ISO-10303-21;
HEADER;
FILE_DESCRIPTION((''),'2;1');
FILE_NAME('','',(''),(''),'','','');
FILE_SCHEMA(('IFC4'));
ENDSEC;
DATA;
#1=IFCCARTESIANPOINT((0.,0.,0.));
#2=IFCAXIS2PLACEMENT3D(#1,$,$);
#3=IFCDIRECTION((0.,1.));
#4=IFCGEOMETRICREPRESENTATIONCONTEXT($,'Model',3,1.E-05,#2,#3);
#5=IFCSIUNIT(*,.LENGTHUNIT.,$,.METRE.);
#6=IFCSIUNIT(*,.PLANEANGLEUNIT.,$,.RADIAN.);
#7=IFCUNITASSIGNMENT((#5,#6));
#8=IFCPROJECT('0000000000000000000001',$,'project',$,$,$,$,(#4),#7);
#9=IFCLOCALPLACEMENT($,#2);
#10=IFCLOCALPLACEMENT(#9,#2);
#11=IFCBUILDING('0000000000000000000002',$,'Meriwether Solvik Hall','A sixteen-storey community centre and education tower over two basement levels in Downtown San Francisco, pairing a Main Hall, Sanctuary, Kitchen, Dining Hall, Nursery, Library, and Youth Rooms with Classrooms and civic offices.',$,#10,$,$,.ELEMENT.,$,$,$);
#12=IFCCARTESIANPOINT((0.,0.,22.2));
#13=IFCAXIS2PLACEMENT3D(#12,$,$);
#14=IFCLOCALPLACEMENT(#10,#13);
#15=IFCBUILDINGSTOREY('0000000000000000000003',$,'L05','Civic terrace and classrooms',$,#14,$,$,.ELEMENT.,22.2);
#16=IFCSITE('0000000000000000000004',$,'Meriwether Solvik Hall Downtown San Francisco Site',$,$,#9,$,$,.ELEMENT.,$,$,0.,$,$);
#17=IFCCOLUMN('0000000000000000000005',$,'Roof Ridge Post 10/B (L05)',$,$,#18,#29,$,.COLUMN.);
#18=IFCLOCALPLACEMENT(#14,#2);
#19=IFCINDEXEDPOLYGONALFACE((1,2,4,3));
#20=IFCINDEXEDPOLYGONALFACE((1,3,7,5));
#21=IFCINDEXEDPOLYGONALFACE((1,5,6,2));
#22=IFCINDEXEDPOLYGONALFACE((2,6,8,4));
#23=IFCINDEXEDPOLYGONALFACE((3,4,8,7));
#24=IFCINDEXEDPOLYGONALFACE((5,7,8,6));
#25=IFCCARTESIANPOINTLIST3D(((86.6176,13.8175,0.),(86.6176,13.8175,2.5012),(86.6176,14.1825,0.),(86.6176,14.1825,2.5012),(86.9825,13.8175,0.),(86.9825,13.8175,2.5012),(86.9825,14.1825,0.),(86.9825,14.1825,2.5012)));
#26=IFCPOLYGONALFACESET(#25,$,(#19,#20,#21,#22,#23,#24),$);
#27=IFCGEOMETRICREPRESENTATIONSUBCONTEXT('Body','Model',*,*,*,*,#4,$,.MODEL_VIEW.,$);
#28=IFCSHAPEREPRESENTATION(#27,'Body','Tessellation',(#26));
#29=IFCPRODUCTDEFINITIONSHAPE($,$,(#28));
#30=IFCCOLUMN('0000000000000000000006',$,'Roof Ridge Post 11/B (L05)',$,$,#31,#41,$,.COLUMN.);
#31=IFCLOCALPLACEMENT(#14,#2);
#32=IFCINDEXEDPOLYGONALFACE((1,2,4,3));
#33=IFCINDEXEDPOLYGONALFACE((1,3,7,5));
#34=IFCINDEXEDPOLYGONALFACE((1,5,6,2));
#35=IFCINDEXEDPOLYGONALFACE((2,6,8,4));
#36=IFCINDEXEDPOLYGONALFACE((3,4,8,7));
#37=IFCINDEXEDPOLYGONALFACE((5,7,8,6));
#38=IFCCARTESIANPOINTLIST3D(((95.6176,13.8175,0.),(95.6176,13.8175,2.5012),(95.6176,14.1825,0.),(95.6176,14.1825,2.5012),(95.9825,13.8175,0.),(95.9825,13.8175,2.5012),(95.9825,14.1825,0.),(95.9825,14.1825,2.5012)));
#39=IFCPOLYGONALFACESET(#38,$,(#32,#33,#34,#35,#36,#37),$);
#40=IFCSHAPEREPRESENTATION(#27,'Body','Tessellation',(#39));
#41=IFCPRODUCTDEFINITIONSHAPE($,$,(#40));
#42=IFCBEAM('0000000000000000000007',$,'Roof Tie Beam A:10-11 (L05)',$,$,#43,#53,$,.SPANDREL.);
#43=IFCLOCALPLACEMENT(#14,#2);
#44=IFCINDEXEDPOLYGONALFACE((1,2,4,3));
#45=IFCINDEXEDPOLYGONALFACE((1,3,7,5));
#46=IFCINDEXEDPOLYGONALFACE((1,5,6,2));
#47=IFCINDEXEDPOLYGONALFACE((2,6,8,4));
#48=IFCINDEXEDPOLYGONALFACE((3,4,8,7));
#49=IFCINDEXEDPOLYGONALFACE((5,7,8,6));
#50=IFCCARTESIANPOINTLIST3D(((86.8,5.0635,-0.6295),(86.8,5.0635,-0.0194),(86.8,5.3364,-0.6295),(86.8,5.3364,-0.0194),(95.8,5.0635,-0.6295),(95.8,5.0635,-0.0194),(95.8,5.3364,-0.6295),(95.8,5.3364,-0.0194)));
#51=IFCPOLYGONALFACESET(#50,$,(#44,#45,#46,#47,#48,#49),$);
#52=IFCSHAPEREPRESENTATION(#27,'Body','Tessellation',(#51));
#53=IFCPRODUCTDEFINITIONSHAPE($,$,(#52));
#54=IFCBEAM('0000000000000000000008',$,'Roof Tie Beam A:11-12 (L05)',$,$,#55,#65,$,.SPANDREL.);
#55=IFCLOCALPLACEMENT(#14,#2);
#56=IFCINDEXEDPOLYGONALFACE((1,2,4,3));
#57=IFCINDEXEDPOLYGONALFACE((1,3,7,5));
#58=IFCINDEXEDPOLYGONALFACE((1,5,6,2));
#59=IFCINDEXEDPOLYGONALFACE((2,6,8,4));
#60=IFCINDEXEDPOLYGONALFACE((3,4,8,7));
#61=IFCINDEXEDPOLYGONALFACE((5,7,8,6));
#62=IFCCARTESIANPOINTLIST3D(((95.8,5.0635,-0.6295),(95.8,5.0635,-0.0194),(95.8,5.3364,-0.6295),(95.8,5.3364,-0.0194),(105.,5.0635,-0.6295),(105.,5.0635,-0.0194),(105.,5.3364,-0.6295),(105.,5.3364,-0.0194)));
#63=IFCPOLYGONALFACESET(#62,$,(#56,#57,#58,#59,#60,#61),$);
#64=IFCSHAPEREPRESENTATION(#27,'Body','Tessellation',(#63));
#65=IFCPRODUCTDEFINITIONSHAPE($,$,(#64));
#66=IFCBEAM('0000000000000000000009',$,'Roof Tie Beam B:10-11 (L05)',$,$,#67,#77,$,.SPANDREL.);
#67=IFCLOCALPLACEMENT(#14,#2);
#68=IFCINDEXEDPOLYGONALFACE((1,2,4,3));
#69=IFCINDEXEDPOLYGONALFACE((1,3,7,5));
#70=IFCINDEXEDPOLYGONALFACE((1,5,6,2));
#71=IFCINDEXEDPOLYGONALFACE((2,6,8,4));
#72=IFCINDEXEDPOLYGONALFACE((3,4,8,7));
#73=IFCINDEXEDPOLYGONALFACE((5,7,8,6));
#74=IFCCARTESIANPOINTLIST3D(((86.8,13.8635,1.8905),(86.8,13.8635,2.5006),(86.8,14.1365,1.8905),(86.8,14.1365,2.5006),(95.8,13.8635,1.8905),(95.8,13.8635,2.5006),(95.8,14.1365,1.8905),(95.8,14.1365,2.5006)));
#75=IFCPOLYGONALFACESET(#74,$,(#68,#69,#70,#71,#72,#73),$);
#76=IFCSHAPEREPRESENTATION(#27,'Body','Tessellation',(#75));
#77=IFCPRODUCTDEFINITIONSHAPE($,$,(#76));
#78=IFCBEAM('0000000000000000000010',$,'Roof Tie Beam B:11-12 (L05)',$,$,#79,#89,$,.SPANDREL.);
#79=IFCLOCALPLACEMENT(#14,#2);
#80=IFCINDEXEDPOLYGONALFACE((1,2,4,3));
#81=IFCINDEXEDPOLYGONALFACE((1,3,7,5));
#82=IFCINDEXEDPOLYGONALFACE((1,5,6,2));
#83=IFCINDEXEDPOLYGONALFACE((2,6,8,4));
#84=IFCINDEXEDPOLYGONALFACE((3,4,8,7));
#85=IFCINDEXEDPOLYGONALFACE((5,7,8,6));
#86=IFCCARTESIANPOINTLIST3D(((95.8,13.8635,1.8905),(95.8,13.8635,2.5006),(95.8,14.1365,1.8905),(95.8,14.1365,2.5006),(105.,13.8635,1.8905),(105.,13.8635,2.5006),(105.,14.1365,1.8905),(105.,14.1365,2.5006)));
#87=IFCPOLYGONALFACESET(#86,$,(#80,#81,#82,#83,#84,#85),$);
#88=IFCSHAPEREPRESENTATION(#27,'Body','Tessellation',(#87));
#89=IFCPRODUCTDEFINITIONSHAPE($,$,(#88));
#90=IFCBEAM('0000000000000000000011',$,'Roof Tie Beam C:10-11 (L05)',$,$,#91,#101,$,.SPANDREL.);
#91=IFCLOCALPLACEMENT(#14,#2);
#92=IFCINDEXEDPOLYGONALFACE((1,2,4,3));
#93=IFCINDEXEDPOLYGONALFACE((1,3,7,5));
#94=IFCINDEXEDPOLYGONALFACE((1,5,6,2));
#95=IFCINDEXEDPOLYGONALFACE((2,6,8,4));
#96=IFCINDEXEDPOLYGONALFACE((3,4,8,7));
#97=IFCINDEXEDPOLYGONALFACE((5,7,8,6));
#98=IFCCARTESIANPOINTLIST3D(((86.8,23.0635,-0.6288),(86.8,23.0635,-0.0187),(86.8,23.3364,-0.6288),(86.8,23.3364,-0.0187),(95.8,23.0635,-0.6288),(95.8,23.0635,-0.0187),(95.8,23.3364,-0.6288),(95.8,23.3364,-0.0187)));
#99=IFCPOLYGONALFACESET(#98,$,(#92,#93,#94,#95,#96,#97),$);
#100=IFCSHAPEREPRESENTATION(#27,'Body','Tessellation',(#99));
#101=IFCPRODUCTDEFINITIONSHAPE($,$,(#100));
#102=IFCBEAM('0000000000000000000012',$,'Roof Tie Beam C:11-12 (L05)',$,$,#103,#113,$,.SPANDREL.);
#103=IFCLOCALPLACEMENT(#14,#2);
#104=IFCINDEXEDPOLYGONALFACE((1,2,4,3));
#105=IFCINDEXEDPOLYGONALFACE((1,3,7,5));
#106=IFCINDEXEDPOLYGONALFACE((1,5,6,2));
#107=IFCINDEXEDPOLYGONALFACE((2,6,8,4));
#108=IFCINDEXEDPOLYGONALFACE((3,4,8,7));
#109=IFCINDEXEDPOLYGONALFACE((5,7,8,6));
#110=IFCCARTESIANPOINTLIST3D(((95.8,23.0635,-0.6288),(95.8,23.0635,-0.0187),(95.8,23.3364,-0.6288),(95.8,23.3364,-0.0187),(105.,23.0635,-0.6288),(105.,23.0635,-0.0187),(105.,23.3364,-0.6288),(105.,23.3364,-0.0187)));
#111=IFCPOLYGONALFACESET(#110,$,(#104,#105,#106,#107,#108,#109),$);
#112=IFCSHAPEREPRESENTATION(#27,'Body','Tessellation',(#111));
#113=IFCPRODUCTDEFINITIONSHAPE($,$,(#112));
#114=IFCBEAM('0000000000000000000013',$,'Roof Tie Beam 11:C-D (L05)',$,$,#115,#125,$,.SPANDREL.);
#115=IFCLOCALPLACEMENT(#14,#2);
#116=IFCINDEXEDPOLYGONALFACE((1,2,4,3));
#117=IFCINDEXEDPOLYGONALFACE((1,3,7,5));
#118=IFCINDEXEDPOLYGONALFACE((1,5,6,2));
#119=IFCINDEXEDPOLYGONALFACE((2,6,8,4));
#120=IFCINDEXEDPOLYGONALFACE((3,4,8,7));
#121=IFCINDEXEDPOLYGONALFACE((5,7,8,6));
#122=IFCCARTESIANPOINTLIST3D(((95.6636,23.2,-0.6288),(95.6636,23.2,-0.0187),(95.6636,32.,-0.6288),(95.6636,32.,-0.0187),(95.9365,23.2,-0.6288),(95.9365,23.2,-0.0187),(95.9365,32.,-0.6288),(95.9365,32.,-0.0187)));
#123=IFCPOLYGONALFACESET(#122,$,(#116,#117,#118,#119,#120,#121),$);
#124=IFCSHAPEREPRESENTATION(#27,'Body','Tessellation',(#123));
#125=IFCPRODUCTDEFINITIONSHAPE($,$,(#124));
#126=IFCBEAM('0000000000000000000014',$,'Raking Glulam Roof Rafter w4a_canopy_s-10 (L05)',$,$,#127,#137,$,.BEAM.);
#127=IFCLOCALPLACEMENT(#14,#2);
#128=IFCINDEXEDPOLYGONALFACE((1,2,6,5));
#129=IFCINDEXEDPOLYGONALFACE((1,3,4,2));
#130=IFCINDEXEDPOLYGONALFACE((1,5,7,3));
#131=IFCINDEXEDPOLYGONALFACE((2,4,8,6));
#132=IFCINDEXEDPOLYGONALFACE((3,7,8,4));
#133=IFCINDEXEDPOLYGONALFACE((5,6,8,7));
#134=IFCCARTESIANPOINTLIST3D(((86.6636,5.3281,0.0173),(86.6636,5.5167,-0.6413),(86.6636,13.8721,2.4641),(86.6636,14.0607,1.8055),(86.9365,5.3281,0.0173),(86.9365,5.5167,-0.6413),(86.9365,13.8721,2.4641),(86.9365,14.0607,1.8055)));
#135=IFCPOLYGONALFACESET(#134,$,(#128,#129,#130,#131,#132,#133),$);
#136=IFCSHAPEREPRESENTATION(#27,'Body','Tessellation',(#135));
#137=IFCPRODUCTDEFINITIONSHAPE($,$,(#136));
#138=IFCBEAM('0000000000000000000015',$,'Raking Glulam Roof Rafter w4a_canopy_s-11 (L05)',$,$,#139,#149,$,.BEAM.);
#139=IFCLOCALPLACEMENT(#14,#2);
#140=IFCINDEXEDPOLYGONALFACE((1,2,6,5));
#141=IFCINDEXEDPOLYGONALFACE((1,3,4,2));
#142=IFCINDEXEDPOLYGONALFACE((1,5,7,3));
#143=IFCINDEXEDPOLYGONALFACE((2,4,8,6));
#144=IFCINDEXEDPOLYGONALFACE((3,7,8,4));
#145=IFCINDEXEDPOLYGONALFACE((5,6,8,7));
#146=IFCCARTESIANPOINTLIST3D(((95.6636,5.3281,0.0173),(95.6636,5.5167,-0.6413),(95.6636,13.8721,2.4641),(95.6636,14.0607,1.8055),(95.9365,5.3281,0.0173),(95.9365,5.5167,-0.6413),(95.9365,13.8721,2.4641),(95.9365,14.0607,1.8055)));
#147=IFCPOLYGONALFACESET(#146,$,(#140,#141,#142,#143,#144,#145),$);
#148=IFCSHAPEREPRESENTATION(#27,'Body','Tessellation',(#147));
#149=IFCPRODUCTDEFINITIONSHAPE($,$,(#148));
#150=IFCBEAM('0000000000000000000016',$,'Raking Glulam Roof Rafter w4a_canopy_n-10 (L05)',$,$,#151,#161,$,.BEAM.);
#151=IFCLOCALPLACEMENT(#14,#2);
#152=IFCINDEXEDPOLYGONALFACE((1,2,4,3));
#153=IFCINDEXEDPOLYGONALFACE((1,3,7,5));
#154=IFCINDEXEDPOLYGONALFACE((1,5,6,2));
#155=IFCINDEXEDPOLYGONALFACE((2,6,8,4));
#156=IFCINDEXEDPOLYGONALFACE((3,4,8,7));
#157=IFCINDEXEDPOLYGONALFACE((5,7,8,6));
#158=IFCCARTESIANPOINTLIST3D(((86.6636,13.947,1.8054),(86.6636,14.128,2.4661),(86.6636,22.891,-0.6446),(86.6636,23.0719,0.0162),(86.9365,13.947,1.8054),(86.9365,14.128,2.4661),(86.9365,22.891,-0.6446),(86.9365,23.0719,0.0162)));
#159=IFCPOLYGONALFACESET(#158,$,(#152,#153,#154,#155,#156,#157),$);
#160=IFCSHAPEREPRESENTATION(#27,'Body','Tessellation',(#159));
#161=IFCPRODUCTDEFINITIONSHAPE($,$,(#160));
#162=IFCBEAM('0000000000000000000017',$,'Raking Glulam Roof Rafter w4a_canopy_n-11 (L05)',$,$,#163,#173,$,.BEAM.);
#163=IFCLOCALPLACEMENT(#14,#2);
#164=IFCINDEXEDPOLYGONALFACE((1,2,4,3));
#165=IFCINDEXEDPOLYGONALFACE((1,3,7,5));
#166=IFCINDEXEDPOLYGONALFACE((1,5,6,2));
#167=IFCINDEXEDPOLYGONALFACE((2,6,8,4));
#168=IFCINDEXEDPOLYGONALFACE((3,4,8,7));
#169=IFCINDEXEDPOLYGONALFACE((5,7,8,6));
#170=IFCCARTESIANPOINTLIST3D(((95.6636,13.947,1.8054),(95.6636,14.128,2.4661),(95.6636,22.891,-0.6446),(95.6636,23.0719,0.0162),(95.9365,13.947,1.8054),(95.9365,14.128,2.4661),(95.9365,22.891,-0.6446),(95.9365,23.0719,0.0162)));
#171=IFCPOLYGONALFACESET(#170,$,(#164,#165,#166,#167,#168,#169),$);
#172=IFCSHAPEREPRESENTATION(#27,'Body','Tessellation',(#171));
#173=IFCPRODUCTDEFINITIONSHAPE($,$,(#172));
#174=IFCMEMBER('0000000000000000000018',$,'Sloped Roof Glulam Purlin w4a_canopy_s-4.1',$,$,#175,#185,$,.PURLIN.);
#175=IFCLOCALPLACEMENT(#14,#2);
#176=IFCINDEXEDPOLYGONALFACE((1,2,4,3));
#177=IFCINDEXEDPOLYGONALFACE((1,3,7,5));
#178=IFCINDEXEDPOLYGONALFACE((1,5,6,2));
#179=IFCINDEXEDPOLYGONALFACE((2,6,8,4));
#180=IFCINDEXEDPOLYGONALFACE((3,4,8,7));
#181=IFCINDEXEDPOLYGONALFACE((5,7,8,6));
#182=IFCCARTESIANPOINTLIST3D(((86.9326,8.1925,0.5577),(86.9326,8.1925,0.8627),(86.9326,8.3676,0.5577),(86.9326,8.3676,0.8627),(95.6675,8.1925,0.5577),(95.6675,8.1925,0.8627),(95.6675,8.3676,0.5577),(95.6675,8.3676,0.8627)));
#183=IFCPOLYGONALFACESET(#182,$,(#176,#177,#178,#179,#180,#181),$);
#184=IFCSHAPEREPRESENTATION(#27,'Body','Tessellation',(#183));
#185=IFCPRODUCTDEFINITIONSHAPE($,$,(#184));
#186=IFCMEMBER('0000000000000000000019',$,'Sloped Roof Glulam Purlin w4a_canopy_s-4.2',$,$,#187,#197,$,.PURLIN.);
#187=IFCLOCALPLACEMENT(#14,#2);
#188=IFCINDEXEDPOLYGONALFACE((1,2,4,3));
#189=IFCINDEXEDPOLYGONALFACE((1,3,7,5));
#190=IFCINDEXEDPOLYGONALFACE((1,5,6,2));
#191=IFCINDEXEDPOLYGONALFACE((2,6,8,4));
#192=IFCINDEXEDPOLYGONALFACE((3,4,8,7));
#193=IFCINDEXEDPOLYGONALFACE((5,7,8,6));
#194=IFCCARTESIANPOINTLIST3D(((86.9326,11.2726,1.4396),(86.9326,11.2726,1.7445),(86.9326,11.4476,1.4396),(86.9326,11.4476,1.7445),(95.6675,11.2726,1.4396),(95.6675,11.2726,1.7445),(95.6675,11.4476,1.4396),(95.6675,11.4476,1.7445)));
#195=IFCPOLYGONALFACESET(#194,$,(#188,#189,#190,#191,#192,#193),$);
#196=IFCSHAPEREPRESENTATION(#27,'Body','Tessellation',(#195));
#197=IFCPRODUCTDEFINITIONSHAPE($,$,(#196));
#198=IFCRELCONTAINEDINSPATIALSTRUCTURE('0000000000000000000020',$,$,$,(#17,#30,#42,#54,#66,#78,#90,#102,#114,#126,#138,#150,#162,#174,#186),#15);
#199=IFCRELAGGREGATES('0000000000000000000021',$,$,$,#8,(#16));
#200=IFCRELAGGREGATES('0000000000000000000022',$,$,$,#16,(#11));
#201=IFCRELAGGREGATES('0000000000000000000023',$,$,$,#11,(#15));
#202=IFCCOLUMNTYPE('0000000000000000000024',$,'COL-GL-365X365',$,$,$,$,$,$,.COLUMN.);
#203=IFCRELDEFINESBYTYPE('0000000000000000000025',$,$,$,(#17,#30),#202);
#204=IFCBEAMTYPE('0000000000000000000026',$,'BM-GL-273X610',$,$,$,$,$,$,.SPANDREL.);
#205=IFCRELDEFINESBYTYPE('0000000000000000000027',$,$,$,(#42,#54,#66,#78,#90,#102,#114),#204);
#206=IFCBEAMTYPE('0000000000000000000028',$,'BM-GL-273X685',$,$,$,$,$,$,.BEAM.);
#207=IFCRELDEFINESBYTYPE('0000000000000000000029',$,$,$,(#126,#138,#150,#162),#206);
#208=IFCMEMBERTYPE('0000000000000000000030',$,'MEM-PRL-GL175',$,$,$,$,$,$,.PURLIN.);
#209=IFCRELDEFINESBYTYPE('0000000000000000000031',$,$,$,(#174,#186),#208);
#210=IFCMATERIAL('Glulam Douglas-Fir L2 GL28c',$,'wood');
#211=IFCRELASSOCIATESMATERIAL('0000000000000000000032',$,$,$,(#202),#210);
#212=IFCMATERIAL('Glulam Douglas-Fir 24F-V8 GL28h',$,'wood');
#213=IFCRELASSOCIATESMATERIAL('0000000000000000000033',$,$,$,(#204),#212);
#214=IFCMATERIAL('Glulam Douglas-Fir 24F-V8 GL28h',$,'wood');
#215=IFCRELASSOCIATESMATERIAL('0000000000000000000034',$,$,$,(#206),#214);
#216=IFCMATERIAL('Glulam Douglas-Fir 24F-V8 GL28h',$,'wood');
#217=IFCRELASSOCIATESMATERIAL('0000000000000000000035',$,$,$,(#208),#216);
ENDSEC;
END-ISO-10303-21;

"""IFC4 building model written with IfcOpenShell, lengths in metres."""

from ifc_helpers import new_model, si_unit, direction, frame, origin, origin_2d, place, context, subcontext, project, spatial, rectangle, extrude, material, material_profile, profile_set, type_object, element, save


model = new_model("IFC4")

# Units and contexts
model_context = context("Model", 3, precision=1e-05, world=origin(), true_north=direction((0.0, 1.0)))
body_context = subcontext(model_context, "Body", "Model", "MODEL_VIEW")
ifc_project = project(units=[si_unit("LENGTHUNIT", "METRE"), si_unit("PLANEANGLEUNIT", "RADIAN")], contexts=[model_context])

# Site, building, storey
site_placement = place(None, origin())
site = spatial("IfcSite", under=ifc_project, at=site_placement, Name="Meriwether Solvik Hall Downtown San Francisco Site", CompositionType="ELEMENT", RefElevation=0.0)
building_placement = place(site_placement, origin())
building = spatial("IfcBuilding", under=site, at=building_placement, Name="Meriwether Solvik Hall", Description="A sixteen-storey community centre and education tower over two basement levels in Downtown San Francisco, pairing a Main Hall, Sanctuary, Kitchen, Dining Hall, Nursery, Library, and Youth Rooms with Classrooms and civic offices.", CompositionType="ELEMENT")
storey_placement = place(building_placement, frame((0.0, 0.0, 22.2)))
storey = spatial("IfcBuildingStorey", under=building, at=storey_placement, Name="L05", Description="Civic terrace and classrooms", CompositionType="ELEMENT", Elevation=22.2)

# Columns
ifc_material_1 = material(Name="Glulam Douglas-Fir L2 GL28c", Category="wood")
ifc_material_profile_1 = material_profile(ifc_material_1, rectangle(XDim=0.365, YDim=0.365, at=origin_2d()), Name="GLC-365X365")
ifc_profile_set_1 = profile_set([ifc_material_profile_1], Name="Glulam Douglas-Fir L2 GL28c")
column_type = type_object("IfcColumnType", Name="COL-GL-365X365", PredefinedType="COLUMN", material=ifc_profile_set_1)
for number, where, z_axis, x_axis, name in (
    (1, (86.8, 14.0, 0.0), (0.0, 0.0, 1.0), (1.0, 0.0, 0.0), "Roof Ridge Post 10/B (L05)"),
    (2, (95.8, 14.0, 0.0), (0.0, 0.0, 1.0), (1.0, 0.0, 0.0), "Roof Ridge Post 11/B (L05)"),
):
    element("IfcColumn", number, at=place(storey_placement, frame(where, z_axis=z_axis, x_axis=x_axis)), inside=storey, type_object=column_type, Name=name, PredefinedType="COLUMN", context=body_context, shape_type="SweptSolid", body=[
        extrude(rectangle(XDim=0.365, YDim=0.365, at=origin_2d()), origin(), (0.0, 0.0, 1.0), 2.5012),
    ])

# Beams
ifc_material_2 = material(Name="Glulam Douglas-Fir 24F-V8 GL28h", Category="wood")
ifc_material_profile_2 = material_profile(ifc_material_2, rectangle(XDim=0.2729, YDim=0.6101, at=origin_2d()), Name="GLB-273X610")
ifc_profile_set_2 = profile_set([ifc_material_profile_2], Name="Glulam Douglas-Fir 24F-V8 GL28h")
beam_type_1 = type_object("IfcBeamType", Name="BM-GL-273X610", PredefinedType="SPANDREL", material=ifc_profile_set_2)
beam_1_placement = place(storey_placement, frame((86.8, 5.2, -0.3245), z_axis=(1.0, 0.0, 0.0), x_axis=(0.0, 1.0, 0.0)))
element("IfcBeam", 3, at=beam_1_placement, inside=storey, type_object=beam_type_1, Name="Roof Tie Beam A:10-11 (L05)", PredefinedType="SPANDREL", context=body_context, shape_type="SweptSolid", body=[
    extrude(rectangle(XDim=0.2729, YDim=0.6101, at=origin_2d()), origin(), (0.0, 0.0, 1.0), 9.0),
])
beam_2_placement = place(storey_placement, frame((95.8, 5.2, -0.3245), z_axis=(1.0, 0.0, 0.0), x_axis=(0.0, 1.0, 0.0)))
element("IfcBeam", 4, at=beam_2_placement, inside=storey, type_object=beam_type_1, Name="Roof Tie Beam A:11-12 (L05)", PredefinedType="SPANDREL", context=body_context, shape_type="SweptSolid", body=[
    extrude(rectangle(XDim=0.2729, YDim=0.6101, at=origin_2d()), origin(), (0.0, 0.0, 1.0), 9.2),
])
beam_3_placement = place(storey_placement, frame((86.8, 14.0, 2.1956), z_axis=(1.0, 0.0, 0.0), x_axis=(0.0, 1.0, 0.0)))
element("IfcBeam", 5, at=beam_3_placement, inside=storey, type_object=beam_type_1, Name="Roof Tie Beam B:10-11 (L05)", PredefinedType="SPANDREL", context=body_context, shape_type="SweptSolid", body=[
    extrude(rectangle(XDim=0.2729, YDim=0.6101, at=origin_2d()), origin(), (0.0, 0.0, 1.0), 9.0),
])
beam_4_placement = place(storey_placement, frame((95.8, 14.0, 2.1956), z_axis=(1.0, 0.0, 0.0), x_axis=(0.0, 1.0, 0.0)))
element("IfcBeam", 6, at=beam_4_placement, inside=storey, type_object=beam_type_1, Name="Roof Tie Beam B:11-12 (L05)", PredefinedType="SPANDREL", context=body_context, shape_type="SweptSolid", body=[
    extrude(rectangle(XDim=0.2729, YDim=0.6101, at=origin_2d()), origin(), (0.0, 0.0, 1.0), 9.2),
])
beam_5_placement = place(storey_placement, frame((86.8, 23.2, -0.3237), z_axis=(1.0, 0.0, 0.0), x_axis=(0.0, 1.0, 0.0)))
element("IfcBeam", 7, at=beam_5_placement, inside=storey, type_object=beam_type_1, Name="Roof Tie Beam C:10-11 (L05)", PredefinedType="SPANDREL", context=body_context, shape_type="SweptSolid", body=[
    extrude(rectangle(XDim=0.2729, YDim=0.6101, at=origin_2d()), origin(), (0.0, 0.0, 1.0), 9.0),
])
beam_6_placement = place(storey_placement, frame((95.8, 23.2, -0.3237), z_axis=(1.0, 0.0, 0.0), x_axis=(0.0, 1.0, 0.0)))
element("IfcBeam", 8, at=beam_6_placement, inside=storey, type_object=beam_type_1, Name="Roof Tie Beam C:11-12 (L05)", PredefinedType="SPANDREL", context=body_context, shape_type="SweptSolid", body=[
    extrude(rectangle(XDim=0.2729, YDim=0.6101, at=origin_2d()), origin(), (0.0, 0.0, 1.0), 9.2),
])
beam_7_placement = place(storey_placement, frame((95.8, 23.2, -0.3237), z_axis=(0.0, 1.0, 0.0), x_axis=(-1.0, 0.0, 0.0)))
element("IfcBeam", 9, at=beam_7_placement, inside=storey, type_object=beam_type_1, Name="Roof Tie Beam 11:C-D (L05)", PredefinedType="SPANDREL", context=body_context, shape_type="SweptSolid", body=[
    extrude(rectangle(XDim=0.2729, YDim=0.6101, at=origin_2d()), origin(), (0.0, 0.0, 1.0), 8.8),
])
ifc_material_3 = material(Name="Glulam Douglas-Fir 24F-V8 GL28h", Category="wood")
ifc_material_profile_3 = material_profile(ifc_material_3, rectangle(XDim=0.2729, YDim=0.6851, at=origin_2d()), Name="GLB-273X685")
ifc_profile_set_3 = profile_set([ifc_material_profile_3], Name="Glulam Douglas-Fir 24F-V8 GL28h")
beam_type_2 = type_object("IfcBeamType", Name="BM-GL-273X685", PredefinedType="BEAM", material=ifc_profile_set_3)
for number, where, z_axis, x_axis, name in (
    (10, (86.8, 5.4224, -0.312), (0.0, 0.961356, 0.275309), (-1.0, 0.0, 0.0), "Raking Glulam Roof Rafter w4a_canopy_s-10 (L05)"),
    (11, (95.8, 5.4224, -0.312), (0.0, 0.961356, 0.275309), (-1.0, 0.0, 0.0), "Raking Glulam Roof Rafter w4a_canopy_s-11 (L05)"),
):
    element("IfcBeam", number, at=place(storey_placement, frame(where, z_axis=z_axis, x_axis=x_axis)), inside=storey, type_object=beam_type_2, Name=name, PredefinedType="BEAM", context=body_context, shape_type="SweptSolid", body=[
        extrude(rectangle(XDim=0.2729, YDim=0.6851, at=origin_2d()), origin(), (0.0, 0.0, 1.0), 8.8875),
    ])
for number, where, z_axis, x_axis, name in (
    (12, (86.8, 22.9814, -0.3142), (0.0, -0.96447, 0.264193), (1.0, 0.0, 0.0), "Raking Glulam Roof Rafter w4a_canopy_n-10 (L05)"),
    (13, (95.8, 22.9814, -0.3142), (0.0, -0.96447, 0.264193), (1.0, 0.0, 0.0), "Raking Glulam Roof Rafter w4a_canopy_n-11 (L05)"),
):
    element("IfcBeam", number, at=place(storey_placement, frame(where, z_axis=z_axis, x_axis=x_axis)), inside=storey, type_object=beam_type_2, Name=name, PredefinedType="BEAM", context=body_context, shape_type="SweptSolid", body=[
        extrude(rectangle(XDim=0.2729, YDim=0.6851, at=origin_2d()), origin(), (0.0, 0.0, 1.0), 9.2734),
    ])

# Members
ifc_material_4 = material(Name="Glulam Douglas-Fir 24F-V8 GL28h", Category="wood")
ifc_material_profile_4 = material_profile(ifc_material_4, rectangle(XDim=0.175, YDim=0.3049, at=origin_2d()), Name="GLM-175X305")
ifc_profile_set_4 = profile_set([ifc_material_profile_4], Name="Glulam Douglas-Fir 24F-V8 GL28h")
member_type = type_object("IfcMemberType", Name="MEM-PRL-GL175", PredefinedType="PURLIN", material=ifc_profile_set_4)
for number, where, z_axis, x_axis, name in (
    (14, (86.9326, 8.28, 0.7102), (1.0, 0.0, 0.0), (0.0, 1.0, 0.0), "Sloped Roof Glulam Purlin w4a_canopy_s-4.1"),
    (15, (86.9326, 11.3601, 1.592), (1.0, 0.0, 0.0), (0.0, 1.0, 0.0), "Sloped Roof Glulam Purlin w4a_canopy_s-4.2"),
):
    element("IfcMember", number, at=place(storey_placement, frame(where, z_axis=z_axis, x_axis=x_axis)), inside=storey, type_object=member_type, Name=name, PredefinedType="PURLIN", context=body_context, shape_type="SweptSolid", body=[
        extrude(rectangle(XDim=0.175, YDim=0.3049, at=origin_2d()), origin(), (0.0, 0.0, 1.0), 8.7349),
    ])

save(model, "model.ifc")
